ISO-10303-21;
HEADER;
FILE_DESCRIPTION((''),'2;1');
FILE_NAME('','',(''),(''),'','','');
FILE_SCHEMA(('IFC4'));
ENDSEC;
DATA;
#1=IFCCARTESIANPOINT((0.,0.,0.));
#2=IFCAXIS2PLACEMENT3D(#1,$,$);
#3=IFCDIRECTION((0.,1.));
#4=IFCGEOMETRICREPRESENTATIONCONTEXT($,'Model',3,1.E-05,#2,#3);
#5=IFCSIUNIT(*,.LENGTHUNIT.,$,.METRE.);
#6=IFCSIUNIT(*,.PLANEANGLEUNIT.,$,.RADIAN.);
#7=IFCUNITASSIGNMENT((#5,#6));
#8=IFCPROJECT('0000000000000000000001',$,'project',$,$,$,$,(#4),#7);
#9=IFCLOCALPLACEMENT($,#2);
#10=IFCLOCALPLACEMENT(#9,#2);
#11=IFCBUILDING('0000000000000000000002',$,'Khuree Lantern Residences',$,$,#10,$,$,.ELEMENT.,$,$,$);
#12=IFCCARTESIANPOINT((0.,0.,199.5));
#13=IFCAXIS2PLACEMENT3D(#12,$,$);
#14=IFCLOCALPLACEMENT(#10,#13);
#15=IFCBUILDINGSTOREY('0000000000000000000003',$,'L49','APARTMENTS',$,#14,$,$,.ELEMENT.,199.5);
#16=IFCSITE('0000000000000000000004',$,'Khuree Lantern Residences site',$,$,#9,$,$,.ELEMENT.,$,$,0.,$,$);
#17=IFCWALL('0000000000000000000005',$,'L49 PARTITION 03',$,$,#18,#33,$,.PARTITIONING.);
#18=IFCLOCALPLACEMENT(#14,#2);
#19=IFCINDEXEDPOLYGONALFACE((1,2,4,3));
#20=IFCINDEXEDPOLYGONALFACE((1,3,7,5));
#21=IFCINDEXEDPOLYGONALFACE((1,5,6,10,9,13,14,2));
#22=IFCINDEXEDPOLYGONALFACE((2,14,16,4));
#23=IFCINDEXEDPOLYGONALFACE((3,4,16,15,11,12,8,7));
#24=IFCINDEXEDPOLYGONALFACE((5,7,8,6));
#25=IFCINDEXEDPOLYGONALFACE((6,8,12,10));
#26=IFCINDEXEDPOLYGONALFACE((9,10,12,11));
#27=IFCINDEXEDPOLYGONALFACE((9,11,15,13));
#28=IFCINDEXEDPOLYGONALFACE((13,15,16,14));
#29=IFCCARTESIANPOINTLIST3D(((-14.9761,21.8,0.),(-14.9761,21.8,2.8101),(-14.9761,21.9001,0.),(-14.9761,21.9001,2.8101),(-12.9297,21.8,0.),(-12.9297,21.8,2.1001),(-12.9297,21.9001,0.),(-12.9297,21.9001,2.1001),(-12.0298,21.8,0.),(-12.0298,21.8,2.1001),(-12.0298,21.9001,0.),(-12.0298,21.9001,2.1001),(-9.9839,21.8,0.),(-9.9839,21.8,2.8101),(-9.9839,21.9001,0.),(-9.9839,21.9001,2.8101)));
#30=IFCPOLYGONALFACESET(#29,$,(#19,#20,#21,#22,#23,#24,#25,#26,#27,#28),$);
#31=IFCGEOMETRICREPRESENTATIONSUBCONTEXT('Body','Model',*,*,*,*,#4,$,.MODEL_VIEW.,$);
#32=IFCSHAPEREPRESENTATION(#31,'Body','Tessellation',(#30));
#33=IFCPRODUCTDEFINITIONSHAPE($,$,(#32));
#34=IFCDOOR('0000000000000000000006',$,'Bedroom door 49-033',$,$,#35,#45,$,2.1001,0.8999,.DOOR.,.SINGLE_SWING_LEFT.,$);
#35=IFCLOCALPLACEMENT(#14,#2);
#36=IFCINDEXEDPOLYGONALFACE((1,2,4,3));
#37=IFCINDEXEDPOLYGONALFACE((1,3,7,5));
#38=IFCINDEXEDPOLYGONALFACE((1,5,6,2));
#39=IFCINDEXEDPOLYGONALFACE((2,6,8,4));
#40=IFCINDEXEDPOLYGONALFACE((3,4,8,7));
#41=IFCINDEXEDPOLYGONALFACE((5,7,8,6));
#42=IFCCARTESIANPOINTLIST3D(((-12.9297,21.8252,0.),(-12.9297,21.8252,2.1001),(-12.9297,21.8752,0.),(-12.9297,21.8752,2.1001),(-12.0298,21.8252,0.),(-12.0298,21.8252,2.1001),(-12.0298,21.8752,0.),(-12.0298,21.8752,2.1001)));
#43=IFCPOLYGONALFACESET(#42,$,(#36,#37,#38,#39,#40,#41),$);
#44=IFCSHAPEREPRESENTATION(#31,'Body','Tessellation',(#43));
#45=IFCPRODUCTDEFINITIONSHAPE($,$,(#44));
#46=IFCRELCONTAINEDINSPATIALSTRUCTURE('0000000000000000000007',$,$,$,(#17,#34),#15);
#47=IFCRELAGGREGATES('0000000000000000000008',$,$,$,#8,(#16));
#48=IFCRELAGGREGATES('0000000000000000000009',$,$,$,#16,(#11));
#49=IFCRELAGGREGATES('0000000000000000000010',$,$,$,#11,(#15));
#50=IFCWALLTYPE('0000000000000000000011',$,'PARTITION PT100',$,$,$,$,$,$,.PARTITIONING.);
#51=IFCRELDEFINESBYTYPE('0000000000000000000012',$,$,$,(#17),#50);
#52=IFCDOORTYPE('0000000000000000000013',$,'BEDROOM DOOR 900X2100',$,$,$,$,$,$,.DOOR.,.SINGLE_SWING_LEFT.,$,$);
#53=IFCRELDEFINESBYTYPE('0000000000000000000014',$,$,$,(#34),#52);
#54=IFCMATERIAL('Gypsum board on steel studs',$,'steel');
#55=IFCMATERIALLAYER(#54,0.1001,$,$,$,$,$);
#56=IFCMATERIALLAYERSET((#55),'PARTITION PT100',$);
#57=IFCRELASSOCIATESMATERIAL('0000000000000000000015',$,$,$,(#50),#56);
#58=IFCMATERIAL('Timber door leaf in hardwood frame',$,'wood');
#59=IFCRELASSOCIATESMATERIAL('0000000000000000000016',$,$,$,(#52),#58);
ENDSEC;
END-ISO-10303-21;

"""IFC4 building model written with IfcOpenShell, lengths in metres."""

from ifc_helpers import new_model, si_unit, direction, frame, frame_2d, origin, place, context, subcontext, project, spatial, rectangle, extrude, material, layer, layer_set, type_object, element, fill, save


model = new_model("IFC4")

# Units and contexts
model_context = context("Model", 3, precision=1e-05, world=origin(), true_north=direction((0.0, 1.0)))
body_context = subcontext(model_context, "Body", "Model", "MODEL_VIEW")
ifc_project = project(units=[si_unit("LENGTHUNIT", "METRE"), si_unit("PLANEANGLEUNIT", "RADIAN")], contexts=[model_context])

# Site, building, storey
site_placement = place(None, origin())
site = spatial("IfcSite", under=ifc_project, at=site_placement, Name="Khuree Lantern Residences site", CompositionType="ELEMENT", RefElevation=0.0)
building_placement = place(site_placement, origin())
building = spatial("IfcBuilding", under=site, at=building_placement, Name="Khuree Lantern Residences", CompositionType="ELEMENT")
storey_placement = place(building_placement, frame((0.0, 0.0, 199.5)))
storey = spatial("IfcBuildingStorey", under=building, at=storey_placement, Name="L49", Description="APARTMENTS", CompositionType="ELEMENT", Elevation=199.5)

# Shared definitions
ifc_material_1 = material(Name="Gypsum board on steel studs", Category="steel")
ifc_layer_1 = layer(ifc_material_1, 0.1001)
ifc_layer_set_1 = layer_set([ifc_layer_1], Name="PARTITION PT100")
wall_type_1 = type_object("IfcWallType", Name="PARTITION PT100", PredefinedType="PARTITIONING", material=ifc_layer_set_1)

# Shared definitions
ifc_material_2 = material(Name="Timber door leaf in hardwood frame", Category="wood")
door_type_1 = type_object("IfcDoorType", Name="BEDROOM DOOR 900X2100", OperationType="SINGLE_SWING_LEFT", PredefinedType="DOOR", material=ifc_material_2)

# Wall, opening, door
wall_1_placement = place(storey_placement, frame((-9.9839, 21.8501, 0.0), z_axis=(0.0, 0.0, 1.0), x_axis=(-1.0, 0.0, 0.0)))
wall_1 = element("IfcWall", 1, at=wall_1_placement, inside=storey, type_object=wall_type_1, Name="L49 PARTITION 03", PredefinedType="PARTITIONING", context=body_context, shape_type="SweptSolid", body=[
    extrude(rectangle(XDim=4.9922, YDim=0.1001, at=frame_2d((2.4961, 0.0))), origin(), (0.0, 0.0, 1.0), 2.8101),
])
opening_1_placement = place(wall_1_placement, frame((2.0459, 0.0, 0.0)))
opening_1 = element("IfcOpeningElement", 2, at=opening_1_placement, cuts=wall_1, PredefinedType="OPENING", context=body_context, shape_type="SweptSolid", body=[
    extrude(rectangle(XDim=0.8999, YDim=2.1001, at=frame_2d((0.45, 1.05))), frame((0.0, 0.0601, 0.0), z_axis=(0.0, -1.0, 0.0), x_axis=(1.0, 0.0, 0.0)), (0.0, 0.0, 1.0), 0.1201),
])
door_1_placement = place(opening_1_placement, origin())
door_1 = element("IfcDoor", 3, at=door_1_placement, inside=storey, type_object=door_type_1, Name="Bedroom door 49-033", OperationType="SINGLE_SWING_LEFT", OverallHeight=2.1001, OverallWidth=0.8999, PredefinedType="DOOR", context=body_context, shape_type="SweptSolid", body=[
    extrude(rectangle(XDim=0.8999, YDim=2.1001, at=frame_2d((0.45, 1.05))), frame((0.0, 0.0249, 0.0), z_axis=(0.0, -1.0, 0.0), x_axis=(1.0, 0.0, 0.0)), (0.0, 0.0, 1.0), 0.05),
])
fill(opening_1, door_1)

save(model, "model.ifc")
